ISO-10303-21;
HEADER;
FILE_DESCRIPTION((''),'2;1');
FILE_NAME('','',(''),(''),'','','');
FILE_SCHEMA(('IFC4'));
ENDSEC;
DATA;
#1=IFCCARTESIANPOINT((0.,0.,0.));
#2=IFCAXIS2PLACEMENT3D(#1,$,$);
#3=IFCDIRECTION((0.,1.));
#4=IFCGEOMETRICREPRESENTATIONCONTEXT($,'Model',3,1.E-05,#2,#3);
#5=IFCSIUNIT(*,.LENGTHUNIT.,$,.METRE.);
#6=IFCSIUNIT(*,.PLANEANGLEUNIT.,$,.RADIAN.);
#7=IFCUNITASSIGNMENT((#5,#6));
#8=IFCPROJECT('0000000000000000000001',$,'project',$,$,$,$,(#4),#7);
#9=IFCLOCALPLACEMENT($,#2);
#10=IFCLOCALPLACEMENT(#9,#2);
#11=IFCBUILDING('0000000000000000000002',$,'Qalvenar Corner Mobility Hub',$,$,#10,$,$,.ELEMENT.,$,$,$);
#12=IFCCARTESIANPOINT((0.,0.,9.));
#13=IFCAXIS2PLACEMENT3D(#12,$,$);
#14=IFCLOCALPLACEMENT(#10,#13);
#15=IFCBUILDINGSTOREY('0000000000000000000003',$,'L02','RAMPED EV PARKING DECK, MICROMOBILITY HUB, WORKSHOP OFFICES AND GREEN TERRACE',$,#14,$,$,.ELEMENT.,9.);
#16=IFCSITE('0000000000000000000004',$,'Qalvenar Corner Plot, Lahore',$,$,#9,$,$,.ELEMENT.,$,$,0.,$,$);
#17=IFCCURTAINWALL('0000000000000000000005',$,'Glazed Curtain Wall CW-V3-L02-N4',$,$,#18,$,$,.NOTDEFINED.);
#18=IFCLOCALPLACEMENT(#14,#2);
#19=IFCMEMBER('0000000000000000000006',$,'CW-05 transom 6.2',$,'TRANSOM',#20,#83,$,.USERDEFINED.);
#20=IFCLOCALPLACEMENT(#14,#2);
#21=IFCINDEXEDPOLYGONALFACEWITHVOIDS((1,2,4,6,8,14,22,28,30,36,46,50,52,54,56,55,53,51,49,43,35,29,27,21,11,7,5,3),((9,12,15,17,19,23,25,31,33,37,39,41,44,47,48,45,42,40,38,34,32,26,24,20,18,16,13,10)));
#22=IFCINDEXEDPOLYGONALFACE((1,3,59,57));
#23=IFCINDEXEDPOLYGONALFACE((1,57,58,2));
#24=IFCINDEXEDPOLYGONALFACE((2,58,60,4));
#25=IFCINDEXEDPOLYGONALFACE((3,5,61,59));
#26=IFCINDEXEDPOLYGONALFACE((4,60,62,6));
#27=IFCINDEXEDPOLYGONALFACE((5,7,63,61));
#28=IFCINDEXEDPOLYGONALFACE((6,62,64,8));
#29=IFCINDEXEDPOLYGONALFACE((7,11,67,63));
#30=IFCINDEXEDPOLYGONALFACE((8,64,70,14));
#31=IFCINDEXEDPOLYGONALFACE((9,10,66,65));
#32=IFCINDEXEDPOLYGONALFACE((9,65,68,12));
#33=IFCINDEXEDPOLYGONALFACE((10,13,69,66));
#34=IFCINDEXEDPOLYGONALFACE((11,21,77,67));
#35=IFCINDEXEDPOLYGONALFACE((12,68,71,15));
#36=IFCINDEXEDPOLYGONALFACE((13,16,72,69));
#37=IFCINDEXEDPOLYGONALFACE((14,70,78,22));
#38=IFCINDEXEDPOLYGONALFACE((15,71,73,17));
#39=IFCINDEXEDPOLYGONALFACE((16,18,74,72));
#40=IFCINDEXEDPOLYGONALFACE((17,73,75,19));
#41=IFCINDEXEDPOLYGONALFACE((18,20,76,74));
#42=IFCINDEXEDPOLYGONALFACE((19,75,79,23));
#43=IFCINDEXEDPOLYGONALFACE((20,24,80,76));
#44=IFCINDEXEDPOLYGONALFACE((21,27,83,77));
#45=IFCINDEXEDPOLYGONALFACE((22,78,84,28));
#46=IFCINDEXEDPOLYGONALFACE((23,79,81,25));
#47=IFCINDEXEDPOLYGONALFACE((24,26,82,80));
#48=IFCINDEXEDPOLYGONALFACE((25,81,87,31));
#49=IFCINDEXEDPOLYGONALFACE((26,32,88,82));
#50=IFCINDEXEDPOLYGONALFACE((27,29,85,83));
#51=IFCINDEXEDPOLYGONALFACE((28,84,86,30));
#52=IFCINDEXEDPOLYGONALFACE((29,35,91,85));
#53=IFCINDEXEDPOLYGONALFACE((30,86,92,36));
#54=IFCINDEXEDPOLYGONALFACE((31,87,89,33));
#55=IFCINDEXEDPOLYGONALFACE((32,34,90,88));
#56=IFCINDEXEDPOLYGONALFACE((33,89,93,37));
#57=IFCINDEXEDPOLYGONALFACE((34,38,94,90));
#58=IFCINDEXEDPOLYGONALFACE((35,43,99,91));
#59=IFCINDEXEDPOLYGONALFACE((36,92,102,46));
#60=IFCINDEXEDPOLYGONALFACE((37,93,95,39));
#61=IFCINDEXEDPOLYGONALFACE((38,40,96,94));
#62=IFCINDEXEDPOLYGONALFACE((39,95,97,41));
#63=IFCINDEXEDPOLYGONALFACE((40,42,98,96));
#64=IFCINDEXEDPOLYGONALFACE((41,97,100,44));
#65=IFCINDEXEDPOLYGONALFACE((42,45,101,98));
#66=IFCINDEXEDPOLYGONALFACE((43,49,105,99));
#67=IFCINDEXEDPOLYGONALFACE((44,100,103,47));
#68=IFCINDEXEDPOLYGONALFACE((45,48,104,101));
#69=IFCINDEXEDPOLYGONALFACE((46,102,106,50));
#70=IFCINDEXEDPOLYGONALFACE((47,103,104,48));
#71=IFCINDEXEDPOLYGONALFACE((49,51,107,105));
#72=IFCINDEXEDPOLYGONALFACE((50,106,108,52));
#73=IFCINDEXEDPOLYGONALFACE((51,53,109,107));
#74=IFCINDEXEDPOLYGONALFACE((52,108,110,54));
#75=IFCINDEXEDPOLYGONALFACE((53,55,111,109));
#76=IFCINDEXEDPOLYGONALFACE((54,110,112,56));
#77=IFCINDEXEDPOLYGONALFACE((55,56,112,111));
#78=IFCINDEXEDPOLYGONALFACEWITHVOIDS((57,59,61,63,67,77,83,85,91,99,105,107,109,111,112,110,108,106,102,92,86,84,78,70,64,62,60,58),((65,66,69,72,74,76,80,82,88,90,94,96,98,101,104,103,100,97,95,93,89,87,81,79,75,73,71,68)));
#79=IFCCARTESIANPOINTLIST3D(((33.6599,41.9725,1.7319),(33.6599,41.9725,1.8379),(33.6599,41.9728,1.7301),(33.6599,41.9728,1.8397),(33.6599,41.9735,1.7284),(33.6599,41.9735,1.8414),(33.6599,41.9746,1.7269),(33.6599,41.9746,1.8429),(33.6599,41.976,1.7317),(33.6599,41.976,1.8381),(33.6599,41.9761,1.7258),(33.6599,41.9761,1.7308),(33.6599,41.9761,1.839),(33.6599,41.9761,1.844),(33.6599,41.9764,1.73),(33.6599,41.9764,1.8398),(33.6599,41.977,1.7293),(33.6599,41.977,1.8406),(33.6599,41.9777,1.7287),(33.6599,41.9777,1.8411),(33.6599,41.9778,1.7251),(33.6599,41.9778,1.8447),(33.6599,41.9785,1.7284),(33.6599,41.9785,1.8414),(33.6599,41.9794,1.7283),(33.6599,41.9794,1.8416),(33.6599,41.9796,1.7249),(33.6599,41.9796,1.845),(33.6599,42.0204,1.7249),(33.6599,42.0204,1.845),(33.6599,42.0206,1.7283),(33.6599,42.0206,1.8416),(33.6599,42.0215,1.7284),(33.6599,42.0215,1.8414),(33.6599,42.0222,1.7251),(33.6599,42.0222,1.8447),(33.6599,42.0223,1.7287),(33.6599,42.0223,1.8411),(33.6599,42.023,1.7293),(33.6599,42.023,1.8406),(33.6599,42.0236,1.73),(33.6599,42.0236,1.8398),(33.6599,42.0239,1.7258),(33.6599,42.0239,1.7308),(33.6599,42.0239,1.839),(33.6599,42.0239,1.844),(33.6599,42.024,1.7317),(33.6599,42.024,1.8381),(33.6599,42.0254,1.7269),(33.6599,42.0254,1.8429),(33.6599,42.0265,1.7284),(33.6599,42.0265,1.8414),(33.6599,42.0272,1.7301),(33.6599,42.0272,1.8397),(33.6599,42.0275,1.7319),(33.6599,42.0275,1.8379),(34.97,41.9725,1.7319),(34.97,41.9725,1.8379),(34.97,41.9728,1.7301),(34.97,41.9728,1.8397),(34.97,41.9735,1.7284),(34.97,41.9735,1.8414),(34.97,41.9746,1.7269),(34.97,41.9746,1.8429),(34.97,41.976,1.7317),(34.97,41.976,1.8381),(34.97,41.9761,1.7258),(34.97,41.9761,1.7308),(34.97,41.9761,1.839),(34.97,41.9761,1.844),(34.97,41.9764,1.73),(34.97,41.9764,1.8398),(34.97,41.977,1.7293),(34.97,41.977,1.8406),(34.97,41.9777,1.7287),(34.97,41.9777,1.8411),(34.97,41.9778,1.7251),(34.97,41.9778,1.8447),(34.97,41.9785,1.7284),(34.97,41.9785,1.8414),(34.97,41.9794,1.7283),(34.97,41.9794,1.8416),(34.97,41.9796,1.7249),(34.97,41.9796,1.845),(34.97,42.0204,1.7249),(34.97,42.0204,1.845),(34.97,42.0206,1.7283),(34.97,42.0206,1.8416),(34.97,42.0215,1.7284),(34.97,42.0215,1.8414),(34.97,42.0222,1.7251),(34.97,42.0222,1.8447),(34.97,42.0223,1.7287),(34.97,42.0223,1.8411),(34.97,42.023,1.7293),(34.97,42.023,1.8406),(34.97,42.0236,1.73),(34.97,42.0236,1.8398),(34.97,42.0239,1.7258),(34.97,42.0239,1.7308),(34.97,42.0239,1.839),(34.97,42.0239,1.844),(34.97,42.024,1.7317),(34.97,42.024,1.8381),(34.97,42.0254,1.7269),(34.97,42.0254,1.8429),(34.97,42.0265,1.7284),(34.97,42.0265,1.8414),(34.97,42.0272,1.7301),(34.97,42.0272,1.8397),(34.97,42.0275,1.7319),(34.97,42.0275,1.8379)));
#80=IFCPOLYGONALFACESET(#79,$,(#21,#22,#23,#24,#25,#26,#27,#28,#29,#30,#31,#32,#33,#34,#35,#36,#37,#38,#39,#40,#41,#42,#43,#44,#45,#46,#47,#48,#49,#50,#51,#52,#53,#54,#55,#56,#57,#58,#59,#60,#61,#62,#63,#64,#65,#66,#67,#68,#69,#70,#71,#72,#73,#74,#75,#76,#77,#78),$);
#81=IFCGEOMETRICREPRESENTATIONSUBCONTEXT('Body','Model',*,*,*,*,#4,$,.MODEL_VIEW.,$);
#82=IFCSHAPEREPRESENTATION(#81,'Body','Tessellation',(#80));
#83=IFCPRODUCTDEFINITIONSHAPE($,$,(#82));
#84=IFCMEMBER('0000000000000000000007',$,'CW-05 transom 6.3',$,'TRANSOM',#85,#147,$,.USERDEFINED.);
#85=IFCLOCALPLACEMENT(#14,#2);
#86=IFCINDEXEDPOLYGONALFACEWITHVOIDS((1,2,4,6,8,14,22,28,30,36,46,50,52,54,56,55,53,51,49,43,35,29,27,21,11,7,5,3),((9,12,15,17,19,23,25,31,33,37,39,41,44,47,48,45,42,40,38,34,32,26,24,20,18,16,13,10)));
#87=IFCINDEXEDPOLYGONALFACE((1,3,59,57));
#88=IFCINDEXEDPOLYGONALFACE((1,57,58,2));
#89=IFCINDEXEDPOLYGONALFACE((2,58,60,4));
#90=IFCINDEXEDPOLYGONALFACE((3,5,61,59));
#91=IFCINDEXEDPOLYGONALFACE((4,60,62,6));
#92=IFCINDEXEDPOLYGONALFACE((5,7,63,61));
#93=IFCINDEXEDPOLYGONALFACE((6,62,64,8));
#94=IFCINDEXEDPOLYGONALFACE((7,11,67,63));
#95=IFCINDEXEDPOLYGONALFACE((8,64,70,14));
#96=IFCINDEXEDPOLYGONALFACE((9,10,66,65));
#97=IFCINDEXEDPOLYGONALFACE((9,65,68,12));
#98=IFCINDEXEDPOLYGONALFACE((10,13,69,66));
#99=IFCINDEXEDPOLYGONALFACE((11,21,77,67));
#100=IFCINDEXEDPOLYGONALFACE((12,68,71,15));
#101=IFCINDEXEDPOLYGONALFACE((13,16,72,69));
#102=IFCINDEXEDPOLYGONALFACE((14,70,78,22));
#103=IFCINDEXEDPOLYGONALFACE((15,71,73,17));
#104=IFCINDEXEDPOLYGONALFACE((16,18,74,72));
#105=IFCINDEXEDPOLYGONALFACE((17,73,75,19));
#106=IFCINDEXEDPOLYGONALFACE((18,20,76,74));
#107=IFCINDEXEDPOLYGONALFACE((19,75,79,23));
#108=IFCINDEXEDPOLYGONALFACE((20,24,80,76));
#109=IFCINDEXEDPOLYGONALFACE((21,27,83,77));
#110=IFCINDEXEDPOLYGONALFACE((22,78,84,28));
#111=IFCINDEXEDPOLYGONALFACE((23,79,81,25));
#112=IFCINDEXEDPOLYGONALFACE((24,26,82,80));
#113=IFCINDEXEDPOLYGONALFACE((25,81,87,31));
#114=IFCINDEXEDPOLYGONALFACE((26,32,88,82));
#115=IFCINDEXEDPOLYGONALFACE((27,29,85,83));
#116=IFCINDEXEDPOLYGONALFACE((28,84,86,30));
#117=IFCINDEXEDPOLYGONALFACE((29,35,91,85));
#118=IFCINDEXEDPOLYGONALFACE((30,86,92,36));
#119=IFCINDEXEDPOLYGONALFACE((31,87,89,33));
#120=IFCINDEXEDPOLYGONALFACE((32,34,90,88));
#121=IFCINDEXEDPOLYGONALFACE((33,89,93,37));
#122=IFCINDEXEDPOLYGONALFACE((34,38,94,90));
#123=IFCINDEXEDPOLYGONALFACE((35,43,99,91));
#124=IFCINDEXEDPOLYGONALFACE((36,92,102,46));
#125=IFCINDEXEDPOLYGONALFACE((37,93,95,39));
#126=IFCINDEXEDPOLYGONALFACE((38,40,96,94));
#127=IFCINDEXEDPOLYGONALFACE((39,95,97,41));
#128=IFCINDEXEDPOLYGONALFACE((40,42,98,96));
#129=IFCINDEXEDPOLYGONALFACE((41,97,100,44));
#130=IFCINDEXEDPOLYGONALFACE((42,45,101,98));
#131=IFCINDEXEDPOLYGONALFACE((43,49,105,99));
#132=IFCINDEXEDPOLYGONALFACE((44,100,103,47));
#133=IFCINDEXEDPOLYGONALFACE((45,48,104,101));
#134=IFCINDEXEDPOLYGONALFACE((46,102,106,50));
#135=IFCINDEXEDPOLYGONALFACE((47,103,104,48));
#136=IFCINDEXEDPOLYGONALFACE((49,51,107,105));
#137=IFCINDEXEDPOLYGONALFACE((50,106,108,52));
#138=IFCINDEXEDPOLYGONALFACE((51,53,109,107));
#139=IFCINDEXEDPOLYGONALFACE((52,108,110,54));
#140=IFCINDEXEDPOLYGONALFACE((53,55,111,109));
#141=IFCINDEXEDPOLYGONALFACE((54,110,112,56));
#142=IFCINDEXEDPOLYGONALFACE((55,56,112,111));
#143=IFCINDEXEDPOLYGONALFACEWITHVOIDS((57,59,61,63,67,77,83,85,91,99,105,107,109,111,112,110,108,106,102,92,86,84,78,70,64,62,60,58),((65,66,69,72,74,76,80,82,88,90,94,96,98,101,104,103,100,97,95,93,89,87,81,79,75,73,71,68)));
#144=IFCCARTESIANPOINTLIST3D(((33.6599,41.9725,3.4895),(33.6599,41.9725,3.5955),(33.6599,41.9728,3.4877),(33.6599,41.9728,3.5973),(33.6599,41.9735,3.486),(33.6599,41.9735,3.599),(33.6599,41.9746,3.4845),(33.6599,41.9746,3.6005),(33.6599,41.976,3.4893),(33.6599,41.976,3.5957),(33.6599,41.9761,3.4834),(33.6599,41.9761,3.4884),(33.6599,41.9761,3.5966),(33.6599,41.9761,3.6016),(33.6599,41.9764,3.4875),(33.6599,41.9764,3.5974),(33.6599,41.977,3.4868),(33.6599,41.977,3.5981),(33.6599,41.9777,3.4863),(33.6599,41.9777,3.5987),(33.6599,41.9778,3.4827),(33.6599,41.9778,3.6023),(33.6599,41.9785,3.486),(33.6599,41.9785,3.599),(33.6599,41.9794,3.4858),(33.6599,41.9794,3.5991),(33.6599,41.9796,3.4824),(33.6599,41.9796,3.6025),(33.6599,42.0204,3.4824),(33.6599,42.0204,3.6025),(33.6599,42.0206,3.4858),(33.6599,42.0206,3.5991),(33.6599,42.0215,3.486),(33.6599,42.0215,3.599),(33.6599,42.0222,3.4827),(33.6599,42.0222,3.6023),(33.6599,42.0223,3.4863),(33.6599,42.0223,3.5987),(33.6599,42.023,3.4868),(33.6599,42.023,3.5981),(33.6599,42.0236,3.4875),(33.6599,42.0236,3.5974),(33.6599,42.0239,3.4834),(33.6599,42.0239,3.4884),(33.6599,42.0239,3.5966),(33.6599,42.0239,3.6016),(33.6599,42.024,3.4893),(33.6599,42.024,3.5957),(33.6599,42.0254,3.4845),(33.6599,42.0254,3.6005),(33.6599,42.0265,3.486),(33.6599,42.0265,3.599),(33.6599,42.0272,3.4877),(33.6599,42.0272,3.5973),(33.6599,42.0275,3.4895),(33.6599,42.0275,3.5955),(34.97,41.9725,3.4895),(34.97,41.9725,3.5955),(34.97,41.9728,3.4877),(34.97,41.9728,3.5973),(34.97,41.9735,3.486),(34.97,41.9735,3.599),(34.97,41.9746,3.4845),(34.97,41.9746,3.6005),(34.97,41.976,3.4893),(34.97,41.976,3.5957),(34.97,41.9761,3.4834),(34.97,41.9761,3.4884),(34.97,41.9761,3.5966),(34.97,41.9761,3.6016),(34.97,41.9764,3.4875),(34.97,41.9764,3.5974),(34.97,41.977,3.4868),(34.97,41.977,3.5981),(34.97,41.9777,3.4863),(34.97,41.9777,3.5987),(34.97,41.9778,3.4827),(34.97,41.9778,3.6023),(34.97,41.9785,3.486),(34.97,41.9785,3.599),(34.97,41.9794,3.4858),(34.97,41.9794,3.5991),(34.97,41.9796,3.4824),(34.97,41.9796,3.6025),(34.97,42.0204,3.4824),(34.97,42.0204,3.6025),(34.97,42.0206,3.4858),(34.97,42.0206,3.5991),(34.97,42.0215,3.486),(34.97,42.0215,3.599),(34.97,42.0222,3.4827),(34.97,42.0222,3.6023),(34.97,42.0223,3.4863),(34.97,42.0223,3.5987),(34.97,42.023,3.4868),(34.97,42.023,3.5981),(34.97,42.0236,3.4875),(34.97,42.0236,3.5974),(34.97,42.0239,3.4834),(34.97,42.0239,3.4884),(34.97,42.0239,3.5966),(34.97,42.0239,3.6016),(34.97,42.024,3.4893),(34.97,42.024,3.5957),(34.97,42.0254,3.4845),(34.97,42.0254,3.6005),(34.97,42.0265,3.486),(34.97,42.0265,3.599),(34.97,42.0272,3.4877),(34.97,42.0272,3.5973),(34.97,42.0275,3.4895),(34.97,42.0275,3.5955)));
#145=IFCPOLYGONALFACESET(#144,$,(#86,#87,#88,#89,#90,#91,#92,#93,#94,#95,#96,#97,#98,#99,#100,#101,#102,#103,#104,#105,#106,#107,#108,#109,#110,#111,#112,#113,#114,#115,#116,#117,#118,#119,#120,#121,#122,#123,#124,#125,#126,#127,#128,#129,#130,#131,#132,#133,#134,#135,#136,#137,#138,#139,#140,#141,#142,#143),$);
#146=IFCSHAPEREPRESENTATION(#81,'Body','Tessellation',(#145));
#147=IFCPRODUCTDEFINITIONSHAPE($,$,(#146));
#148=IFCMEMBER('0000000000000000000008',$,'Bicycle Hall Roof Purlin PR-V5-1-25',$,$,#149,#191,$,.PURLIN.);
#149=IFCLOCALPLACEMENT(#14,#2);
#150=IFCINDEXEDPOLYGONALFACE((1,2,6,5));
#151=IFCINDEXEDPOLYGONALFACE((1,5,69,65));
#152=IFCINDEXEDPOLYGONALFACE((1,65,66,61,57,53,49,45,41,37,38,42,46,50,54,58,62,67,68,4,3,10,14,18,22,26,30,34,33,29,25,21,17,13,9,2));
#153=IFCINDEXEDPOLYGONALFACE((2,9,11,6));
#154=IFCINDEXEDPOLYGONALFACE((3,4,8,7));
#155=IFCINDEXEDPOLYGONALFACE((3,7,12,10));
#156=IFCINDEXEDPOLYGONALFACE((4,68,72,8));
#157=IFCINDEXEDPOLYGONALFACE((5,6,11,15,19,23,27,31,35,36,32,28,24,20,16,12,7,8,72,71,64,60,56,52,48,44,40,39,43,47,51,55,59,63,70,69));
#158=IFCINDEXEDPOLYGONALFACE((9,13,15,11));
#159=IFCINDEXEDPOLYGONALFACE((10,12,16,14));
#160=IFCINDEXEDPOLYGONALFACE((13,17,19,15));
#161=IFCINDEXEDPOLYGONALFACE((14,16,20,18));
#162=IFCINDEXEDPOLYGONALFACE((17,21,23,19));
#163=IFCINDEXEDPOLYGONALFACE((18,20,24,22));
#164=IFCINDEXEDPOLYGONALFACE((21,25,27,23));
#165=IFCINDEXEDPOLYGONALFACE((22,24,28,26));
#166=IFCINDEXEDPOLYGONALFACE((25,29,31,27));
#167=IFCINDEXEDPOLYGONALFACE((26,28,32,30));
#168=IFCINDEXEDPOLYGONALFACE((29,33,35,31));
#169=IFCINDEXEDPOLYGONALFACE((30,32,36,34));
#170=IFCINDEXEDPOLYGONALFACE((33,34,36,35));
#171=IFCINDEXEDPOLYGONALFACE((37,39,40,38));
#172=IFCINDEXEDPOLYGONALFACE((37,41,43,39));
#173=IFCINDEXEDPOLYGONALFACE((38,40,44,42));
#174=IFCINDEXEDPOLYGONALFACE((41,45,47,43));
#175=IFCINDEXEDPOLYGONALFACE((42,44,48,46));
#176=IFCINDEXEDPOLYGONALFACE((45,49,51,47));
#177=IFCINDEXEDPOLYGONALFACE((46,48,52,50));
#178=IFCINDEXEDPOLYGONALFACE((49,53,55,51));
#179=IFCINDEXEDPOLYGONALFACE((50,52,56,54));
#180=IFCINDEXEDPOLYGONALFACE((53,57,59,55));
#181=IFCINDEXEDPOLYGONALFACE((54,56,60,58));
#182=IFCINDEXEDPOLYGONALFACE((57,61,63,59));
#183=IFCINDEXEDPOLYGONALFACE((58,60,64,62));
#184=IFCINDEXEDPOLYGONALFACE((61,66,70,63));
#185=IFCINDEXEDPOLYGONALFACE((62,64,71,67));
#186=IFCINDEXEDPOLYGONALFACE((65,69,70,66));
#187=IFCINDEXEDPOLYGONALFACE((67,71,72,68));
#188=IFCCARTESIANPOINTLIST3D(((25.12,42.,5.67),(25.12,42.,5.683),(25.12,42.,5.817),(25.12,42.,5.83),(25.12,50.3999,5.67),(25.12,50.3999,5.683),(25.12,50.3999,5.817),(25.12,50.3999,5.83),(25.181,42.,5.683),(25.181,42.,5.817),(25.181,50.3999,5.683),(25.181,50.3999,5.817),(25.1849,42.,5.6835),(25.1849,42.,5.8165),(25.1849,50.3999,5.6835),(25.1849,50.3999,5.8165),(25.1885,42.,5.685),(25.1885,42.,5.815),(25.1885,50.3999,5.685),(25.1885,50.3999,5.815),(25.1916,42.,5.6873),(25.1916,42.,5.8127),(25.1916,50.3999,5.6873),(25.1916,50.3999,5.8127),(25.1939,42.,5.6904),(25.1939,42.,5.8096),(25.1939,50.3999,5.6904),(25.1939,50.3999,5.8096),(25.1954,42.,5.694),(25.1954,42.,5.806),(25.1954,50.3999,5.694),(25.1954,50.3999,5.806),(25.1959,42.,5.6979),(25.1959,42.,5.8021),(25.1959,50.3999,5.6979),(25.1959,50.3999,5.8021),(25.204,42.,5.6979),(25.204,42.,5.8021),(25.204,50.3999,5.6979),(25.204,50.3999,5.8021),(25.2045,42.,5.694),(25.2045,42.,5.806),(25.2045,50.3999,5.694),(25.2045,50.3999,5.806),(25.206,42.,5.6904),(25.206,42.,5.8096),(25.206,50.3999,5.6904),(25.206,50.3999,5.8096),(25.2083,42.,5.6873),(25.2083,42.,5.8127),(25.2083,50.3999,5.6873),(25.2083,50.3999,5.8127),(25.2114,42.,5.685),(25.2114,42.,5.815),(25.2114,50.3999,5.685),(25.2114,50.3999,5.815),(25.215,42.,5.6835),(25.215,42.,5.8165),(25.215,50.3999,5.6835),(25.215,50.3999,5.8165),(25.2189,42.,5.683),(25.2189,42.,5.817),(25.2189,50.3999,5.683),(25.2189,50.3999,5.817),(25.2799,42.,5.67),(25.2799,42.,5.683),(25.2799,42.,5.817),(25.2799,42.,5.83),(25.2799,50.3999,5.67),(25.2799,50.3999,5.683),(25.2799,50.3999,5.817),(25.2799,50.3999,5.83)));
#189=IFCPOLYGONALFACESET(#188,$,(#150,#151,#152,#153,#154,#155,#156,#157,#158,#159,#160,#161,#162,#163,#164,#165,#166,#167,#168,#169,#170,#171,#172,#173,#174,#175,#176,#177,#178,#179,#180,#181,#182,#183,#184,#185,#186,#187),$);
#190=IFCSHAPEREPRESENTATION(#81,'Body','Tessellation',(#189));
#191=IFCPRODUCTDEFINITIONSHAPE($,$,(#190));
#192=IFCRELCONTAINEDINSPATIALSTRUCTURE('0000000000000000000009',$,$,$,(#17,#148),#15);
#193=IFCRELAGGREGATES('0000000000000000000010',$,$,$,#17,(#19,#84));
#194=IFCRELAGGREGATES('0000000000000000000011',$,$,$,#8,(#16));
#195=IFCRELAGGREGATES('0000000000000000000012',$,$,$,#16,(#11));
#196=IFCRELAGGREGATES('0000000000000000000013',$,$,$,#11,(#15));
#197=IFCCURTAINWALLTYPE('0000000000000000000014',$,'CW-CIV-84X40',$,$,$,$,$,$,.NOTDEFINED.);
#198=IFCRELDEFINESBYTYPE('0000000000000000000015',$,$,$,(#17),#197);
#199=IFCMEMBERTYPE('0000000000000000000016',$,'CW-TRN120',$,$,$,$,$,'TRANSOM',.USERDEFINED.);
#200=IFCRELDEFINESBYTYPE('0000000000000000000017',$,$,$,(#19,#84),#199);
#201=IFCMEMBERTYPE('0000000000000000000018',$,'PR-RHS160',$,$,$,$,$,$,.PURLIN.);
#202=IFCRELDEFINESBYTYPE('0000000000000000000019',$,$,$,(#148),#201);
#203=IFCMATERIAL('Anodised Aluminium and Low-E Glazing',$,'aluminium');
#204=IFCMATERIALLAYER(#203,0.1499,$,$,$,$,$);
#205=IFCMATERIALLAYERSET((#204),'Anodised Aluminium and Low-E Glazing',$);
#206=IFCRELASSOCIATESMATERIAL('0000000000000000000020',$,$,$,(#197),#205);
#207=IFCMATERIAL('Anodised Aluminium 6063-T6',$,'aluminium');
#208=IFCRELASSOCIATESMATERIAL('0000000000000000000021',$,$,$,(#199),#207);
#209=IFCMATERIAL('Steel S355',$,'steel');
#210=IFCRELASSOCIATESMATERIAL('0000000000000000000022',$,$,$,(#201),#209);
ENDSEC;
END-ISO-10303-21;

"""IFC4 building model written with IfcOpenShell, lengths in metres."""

from ifc_helpers import new_model, si_unit, direction, frame, origin, origin_2d, place, context, subcontext, project, spatial, hollow_rectangle, i_section, extrude, material, layer, layer_set, material_profile, profile_set, type_object, element, aggregate, save


model = new_model("IFC4")

# Units and contexts
model_context = context("Model", 3, precision=1e-05, world=origin(), true_north=direction((0.0, 1.0)))
body_context = subcontext(model_context, "Body", "Model", "MODEL_VIEW")
ifc_project = project(units=[si_unit("LENGTHUNIT", "METRE"), si_unit("PLANEANGLEUNIT", "RADIAN")], contexts=[model_context])

# Site, building, storey
site_placement = place(None, origin())
site = spatial("IfcSite", under=ifc_project, at=site_placement, Name="Qalvenar Corner Plot, Lahore", CompositionType="ELEMENT", RefElevation=0.0)
building_placement = place(site_placement, origin())
building = spatial("IfcBuilding", under=site, at=building_placement, Name="Qalvenar Corner Mobility Hub", CompositionType="ELEMENT")
storey_placement = place(building_placement, frame((0.0, 0.0, 9.0)))
storey = spatial("IfcBuildingStorey", under=building, at=storey_placement, Name="L02", Description="RAMPED EV PARKING DECK, MICROMOBILITY HUB, WORKSHOP OFFICES AND GREEN TERRACE", CompositionType="ELEMENT", Elevation=9.0)

# Shared definitions
ifc_material_1 = material(Name="Steel S355", Category="steel")

# Curtain wall, members
ifc_material_2 = material(Name="Anodised Aluminium and Low-E Glazing", Category="aluminium")
ifc_layer_1 = layer(ifc_material_2, 0.1499)
ifc_layer_set_1 = layer_set([ifc_layer_1], Name="Anodised Aluminium and Low-E Glazing")
curtain_wall_type = type_object("IfcCurtainWallType", Name="CW-CIV-84X40", PredefinedType="NOTDEFINED", material=ifc_layer_set_1)
curtain_wall_placement = place(storey_placement, origin())
curtain_wall = element("IfcCurtainWall", 1, at=curtain_wall_placement, inside=storey, type_object=curtain_wall_type, Name="Glazed Curtain Wall CW-V3-L02-N4", PredefinedType="NOTDEFINED")
ifc_material_3 = material(Name="Anodised Aluminium 6063-T6", Category="aluminium")
ifc_material_profile_1 = material_profile(ifc_material_3, hollow_rectangle(XDim=0.0549, YDim=0.1201, WallThickness=0.0034, InnerFilletRadius=0.0034, OuterFilletRadius=0.0071, at=origin_2d()), Name="RHS120x55x3.5")
ifc_profile_set_1 = profile_set([ifc_material_profile_1], Name="Anodised Aluminium 6063-T6")
member_type_1 = type_object("IfcMemberType", Name="CW-TRN120", ElementType="TRANSOM", PredefinedType="USERDEFINED", material=ifc_profile_set_1)
member_1_placement = place(storey_placement, frame((34.97, 42.0, 1.7849), z_axis=(-1.0, 0.0, 0.0), x_axis=(0.0, -1.0, 0.0)))
member_1 = element("IfcMember", 2, at=member_1_placement, type_object=member_type_1, Name="CW-05 transom 6.2", ObjectType="TRANSOM", PredefinedType="USERDEFINED", context=body_context, shape_type="SweptSolid", body=[
    extrude(hollow_rectangle(XDim=0.0549, YDim=0.1201, WallThickness=0.0034, InnerFilletRadius=0.0034, OuterFilletRadius=0.0071, at=origin_2d()), origin(), (0.0, 0.0, 1.0), 1.3101),
])
member_2_placement = place(storey_placement, frame((34.97, 42.0, 3.5425), z_axis=(-1.0, 0.0, 0.0), x_axis=(0.0, -1.0, 0.0)))
member_2 = element("IfcMember", 3, at=member_2_placement, type_object=member_type_1, Name="CW-05 transom 6.3", ObjectType="TRANSOM", PredefinedType="USERDEFINED", context=body_context, shape_type="SweptSolid", body=[
    extrude(hollow_rectangle(XDim=0.0549, YDim=0.1201, WallThickness=0.0034, InnerFilletRadius=0.0034, OuterFilletRadius=0.0071, at=origin_2d()), origin(), (0.0, 0.0, 1.0), 1.3101),
])

# Member
ifc_material_profile_2 = material_profile(ifc_material_1, i_section(OverallWidth=0.1599, OverallDepth=0.1599, WebThickness=0.0081, FlangeThickness=0.0129, FilletRadius=0.0149, at=origin_2d()), Name="HEB160")
ifc_profile_set_2 = profile_set([ifc_material_profile_2], Name="Steel S355")
member_type_2 = type_object("IfcMemberType", Name="PR-RHS160", PredefinedType="PURLIN", material=ifc_profile_set_2)
member_3_placement = place(storey_placement, frame((25.2, 42.0, 5.75), z_axis=(0.0, 1.0, 0.0), x_axis=(-1.0, 0.0, 0.0)))
element("IfcMember", 4, at=member_3_placement, inside=storey, type_object=member_type_2, Name="Bicycle Hall Roof Purlin PR-V5-1-25", PredefinedType="PURLIN", context=body_context, shape_type="SweptSolid", body=[
    extrude(i_section(OverallWidth=0.1599, OverallDepth=0.1599, WebThickness=0.0081, FlangeThickness=0.0129, FilletRadius=0.0149, at=origin_2d()), origin(), (0.0, 0.0, 1.0), 8.3999),
])

aggregate(curtain_wall, [member_1, member_2])

save(model, "model.ifc")
